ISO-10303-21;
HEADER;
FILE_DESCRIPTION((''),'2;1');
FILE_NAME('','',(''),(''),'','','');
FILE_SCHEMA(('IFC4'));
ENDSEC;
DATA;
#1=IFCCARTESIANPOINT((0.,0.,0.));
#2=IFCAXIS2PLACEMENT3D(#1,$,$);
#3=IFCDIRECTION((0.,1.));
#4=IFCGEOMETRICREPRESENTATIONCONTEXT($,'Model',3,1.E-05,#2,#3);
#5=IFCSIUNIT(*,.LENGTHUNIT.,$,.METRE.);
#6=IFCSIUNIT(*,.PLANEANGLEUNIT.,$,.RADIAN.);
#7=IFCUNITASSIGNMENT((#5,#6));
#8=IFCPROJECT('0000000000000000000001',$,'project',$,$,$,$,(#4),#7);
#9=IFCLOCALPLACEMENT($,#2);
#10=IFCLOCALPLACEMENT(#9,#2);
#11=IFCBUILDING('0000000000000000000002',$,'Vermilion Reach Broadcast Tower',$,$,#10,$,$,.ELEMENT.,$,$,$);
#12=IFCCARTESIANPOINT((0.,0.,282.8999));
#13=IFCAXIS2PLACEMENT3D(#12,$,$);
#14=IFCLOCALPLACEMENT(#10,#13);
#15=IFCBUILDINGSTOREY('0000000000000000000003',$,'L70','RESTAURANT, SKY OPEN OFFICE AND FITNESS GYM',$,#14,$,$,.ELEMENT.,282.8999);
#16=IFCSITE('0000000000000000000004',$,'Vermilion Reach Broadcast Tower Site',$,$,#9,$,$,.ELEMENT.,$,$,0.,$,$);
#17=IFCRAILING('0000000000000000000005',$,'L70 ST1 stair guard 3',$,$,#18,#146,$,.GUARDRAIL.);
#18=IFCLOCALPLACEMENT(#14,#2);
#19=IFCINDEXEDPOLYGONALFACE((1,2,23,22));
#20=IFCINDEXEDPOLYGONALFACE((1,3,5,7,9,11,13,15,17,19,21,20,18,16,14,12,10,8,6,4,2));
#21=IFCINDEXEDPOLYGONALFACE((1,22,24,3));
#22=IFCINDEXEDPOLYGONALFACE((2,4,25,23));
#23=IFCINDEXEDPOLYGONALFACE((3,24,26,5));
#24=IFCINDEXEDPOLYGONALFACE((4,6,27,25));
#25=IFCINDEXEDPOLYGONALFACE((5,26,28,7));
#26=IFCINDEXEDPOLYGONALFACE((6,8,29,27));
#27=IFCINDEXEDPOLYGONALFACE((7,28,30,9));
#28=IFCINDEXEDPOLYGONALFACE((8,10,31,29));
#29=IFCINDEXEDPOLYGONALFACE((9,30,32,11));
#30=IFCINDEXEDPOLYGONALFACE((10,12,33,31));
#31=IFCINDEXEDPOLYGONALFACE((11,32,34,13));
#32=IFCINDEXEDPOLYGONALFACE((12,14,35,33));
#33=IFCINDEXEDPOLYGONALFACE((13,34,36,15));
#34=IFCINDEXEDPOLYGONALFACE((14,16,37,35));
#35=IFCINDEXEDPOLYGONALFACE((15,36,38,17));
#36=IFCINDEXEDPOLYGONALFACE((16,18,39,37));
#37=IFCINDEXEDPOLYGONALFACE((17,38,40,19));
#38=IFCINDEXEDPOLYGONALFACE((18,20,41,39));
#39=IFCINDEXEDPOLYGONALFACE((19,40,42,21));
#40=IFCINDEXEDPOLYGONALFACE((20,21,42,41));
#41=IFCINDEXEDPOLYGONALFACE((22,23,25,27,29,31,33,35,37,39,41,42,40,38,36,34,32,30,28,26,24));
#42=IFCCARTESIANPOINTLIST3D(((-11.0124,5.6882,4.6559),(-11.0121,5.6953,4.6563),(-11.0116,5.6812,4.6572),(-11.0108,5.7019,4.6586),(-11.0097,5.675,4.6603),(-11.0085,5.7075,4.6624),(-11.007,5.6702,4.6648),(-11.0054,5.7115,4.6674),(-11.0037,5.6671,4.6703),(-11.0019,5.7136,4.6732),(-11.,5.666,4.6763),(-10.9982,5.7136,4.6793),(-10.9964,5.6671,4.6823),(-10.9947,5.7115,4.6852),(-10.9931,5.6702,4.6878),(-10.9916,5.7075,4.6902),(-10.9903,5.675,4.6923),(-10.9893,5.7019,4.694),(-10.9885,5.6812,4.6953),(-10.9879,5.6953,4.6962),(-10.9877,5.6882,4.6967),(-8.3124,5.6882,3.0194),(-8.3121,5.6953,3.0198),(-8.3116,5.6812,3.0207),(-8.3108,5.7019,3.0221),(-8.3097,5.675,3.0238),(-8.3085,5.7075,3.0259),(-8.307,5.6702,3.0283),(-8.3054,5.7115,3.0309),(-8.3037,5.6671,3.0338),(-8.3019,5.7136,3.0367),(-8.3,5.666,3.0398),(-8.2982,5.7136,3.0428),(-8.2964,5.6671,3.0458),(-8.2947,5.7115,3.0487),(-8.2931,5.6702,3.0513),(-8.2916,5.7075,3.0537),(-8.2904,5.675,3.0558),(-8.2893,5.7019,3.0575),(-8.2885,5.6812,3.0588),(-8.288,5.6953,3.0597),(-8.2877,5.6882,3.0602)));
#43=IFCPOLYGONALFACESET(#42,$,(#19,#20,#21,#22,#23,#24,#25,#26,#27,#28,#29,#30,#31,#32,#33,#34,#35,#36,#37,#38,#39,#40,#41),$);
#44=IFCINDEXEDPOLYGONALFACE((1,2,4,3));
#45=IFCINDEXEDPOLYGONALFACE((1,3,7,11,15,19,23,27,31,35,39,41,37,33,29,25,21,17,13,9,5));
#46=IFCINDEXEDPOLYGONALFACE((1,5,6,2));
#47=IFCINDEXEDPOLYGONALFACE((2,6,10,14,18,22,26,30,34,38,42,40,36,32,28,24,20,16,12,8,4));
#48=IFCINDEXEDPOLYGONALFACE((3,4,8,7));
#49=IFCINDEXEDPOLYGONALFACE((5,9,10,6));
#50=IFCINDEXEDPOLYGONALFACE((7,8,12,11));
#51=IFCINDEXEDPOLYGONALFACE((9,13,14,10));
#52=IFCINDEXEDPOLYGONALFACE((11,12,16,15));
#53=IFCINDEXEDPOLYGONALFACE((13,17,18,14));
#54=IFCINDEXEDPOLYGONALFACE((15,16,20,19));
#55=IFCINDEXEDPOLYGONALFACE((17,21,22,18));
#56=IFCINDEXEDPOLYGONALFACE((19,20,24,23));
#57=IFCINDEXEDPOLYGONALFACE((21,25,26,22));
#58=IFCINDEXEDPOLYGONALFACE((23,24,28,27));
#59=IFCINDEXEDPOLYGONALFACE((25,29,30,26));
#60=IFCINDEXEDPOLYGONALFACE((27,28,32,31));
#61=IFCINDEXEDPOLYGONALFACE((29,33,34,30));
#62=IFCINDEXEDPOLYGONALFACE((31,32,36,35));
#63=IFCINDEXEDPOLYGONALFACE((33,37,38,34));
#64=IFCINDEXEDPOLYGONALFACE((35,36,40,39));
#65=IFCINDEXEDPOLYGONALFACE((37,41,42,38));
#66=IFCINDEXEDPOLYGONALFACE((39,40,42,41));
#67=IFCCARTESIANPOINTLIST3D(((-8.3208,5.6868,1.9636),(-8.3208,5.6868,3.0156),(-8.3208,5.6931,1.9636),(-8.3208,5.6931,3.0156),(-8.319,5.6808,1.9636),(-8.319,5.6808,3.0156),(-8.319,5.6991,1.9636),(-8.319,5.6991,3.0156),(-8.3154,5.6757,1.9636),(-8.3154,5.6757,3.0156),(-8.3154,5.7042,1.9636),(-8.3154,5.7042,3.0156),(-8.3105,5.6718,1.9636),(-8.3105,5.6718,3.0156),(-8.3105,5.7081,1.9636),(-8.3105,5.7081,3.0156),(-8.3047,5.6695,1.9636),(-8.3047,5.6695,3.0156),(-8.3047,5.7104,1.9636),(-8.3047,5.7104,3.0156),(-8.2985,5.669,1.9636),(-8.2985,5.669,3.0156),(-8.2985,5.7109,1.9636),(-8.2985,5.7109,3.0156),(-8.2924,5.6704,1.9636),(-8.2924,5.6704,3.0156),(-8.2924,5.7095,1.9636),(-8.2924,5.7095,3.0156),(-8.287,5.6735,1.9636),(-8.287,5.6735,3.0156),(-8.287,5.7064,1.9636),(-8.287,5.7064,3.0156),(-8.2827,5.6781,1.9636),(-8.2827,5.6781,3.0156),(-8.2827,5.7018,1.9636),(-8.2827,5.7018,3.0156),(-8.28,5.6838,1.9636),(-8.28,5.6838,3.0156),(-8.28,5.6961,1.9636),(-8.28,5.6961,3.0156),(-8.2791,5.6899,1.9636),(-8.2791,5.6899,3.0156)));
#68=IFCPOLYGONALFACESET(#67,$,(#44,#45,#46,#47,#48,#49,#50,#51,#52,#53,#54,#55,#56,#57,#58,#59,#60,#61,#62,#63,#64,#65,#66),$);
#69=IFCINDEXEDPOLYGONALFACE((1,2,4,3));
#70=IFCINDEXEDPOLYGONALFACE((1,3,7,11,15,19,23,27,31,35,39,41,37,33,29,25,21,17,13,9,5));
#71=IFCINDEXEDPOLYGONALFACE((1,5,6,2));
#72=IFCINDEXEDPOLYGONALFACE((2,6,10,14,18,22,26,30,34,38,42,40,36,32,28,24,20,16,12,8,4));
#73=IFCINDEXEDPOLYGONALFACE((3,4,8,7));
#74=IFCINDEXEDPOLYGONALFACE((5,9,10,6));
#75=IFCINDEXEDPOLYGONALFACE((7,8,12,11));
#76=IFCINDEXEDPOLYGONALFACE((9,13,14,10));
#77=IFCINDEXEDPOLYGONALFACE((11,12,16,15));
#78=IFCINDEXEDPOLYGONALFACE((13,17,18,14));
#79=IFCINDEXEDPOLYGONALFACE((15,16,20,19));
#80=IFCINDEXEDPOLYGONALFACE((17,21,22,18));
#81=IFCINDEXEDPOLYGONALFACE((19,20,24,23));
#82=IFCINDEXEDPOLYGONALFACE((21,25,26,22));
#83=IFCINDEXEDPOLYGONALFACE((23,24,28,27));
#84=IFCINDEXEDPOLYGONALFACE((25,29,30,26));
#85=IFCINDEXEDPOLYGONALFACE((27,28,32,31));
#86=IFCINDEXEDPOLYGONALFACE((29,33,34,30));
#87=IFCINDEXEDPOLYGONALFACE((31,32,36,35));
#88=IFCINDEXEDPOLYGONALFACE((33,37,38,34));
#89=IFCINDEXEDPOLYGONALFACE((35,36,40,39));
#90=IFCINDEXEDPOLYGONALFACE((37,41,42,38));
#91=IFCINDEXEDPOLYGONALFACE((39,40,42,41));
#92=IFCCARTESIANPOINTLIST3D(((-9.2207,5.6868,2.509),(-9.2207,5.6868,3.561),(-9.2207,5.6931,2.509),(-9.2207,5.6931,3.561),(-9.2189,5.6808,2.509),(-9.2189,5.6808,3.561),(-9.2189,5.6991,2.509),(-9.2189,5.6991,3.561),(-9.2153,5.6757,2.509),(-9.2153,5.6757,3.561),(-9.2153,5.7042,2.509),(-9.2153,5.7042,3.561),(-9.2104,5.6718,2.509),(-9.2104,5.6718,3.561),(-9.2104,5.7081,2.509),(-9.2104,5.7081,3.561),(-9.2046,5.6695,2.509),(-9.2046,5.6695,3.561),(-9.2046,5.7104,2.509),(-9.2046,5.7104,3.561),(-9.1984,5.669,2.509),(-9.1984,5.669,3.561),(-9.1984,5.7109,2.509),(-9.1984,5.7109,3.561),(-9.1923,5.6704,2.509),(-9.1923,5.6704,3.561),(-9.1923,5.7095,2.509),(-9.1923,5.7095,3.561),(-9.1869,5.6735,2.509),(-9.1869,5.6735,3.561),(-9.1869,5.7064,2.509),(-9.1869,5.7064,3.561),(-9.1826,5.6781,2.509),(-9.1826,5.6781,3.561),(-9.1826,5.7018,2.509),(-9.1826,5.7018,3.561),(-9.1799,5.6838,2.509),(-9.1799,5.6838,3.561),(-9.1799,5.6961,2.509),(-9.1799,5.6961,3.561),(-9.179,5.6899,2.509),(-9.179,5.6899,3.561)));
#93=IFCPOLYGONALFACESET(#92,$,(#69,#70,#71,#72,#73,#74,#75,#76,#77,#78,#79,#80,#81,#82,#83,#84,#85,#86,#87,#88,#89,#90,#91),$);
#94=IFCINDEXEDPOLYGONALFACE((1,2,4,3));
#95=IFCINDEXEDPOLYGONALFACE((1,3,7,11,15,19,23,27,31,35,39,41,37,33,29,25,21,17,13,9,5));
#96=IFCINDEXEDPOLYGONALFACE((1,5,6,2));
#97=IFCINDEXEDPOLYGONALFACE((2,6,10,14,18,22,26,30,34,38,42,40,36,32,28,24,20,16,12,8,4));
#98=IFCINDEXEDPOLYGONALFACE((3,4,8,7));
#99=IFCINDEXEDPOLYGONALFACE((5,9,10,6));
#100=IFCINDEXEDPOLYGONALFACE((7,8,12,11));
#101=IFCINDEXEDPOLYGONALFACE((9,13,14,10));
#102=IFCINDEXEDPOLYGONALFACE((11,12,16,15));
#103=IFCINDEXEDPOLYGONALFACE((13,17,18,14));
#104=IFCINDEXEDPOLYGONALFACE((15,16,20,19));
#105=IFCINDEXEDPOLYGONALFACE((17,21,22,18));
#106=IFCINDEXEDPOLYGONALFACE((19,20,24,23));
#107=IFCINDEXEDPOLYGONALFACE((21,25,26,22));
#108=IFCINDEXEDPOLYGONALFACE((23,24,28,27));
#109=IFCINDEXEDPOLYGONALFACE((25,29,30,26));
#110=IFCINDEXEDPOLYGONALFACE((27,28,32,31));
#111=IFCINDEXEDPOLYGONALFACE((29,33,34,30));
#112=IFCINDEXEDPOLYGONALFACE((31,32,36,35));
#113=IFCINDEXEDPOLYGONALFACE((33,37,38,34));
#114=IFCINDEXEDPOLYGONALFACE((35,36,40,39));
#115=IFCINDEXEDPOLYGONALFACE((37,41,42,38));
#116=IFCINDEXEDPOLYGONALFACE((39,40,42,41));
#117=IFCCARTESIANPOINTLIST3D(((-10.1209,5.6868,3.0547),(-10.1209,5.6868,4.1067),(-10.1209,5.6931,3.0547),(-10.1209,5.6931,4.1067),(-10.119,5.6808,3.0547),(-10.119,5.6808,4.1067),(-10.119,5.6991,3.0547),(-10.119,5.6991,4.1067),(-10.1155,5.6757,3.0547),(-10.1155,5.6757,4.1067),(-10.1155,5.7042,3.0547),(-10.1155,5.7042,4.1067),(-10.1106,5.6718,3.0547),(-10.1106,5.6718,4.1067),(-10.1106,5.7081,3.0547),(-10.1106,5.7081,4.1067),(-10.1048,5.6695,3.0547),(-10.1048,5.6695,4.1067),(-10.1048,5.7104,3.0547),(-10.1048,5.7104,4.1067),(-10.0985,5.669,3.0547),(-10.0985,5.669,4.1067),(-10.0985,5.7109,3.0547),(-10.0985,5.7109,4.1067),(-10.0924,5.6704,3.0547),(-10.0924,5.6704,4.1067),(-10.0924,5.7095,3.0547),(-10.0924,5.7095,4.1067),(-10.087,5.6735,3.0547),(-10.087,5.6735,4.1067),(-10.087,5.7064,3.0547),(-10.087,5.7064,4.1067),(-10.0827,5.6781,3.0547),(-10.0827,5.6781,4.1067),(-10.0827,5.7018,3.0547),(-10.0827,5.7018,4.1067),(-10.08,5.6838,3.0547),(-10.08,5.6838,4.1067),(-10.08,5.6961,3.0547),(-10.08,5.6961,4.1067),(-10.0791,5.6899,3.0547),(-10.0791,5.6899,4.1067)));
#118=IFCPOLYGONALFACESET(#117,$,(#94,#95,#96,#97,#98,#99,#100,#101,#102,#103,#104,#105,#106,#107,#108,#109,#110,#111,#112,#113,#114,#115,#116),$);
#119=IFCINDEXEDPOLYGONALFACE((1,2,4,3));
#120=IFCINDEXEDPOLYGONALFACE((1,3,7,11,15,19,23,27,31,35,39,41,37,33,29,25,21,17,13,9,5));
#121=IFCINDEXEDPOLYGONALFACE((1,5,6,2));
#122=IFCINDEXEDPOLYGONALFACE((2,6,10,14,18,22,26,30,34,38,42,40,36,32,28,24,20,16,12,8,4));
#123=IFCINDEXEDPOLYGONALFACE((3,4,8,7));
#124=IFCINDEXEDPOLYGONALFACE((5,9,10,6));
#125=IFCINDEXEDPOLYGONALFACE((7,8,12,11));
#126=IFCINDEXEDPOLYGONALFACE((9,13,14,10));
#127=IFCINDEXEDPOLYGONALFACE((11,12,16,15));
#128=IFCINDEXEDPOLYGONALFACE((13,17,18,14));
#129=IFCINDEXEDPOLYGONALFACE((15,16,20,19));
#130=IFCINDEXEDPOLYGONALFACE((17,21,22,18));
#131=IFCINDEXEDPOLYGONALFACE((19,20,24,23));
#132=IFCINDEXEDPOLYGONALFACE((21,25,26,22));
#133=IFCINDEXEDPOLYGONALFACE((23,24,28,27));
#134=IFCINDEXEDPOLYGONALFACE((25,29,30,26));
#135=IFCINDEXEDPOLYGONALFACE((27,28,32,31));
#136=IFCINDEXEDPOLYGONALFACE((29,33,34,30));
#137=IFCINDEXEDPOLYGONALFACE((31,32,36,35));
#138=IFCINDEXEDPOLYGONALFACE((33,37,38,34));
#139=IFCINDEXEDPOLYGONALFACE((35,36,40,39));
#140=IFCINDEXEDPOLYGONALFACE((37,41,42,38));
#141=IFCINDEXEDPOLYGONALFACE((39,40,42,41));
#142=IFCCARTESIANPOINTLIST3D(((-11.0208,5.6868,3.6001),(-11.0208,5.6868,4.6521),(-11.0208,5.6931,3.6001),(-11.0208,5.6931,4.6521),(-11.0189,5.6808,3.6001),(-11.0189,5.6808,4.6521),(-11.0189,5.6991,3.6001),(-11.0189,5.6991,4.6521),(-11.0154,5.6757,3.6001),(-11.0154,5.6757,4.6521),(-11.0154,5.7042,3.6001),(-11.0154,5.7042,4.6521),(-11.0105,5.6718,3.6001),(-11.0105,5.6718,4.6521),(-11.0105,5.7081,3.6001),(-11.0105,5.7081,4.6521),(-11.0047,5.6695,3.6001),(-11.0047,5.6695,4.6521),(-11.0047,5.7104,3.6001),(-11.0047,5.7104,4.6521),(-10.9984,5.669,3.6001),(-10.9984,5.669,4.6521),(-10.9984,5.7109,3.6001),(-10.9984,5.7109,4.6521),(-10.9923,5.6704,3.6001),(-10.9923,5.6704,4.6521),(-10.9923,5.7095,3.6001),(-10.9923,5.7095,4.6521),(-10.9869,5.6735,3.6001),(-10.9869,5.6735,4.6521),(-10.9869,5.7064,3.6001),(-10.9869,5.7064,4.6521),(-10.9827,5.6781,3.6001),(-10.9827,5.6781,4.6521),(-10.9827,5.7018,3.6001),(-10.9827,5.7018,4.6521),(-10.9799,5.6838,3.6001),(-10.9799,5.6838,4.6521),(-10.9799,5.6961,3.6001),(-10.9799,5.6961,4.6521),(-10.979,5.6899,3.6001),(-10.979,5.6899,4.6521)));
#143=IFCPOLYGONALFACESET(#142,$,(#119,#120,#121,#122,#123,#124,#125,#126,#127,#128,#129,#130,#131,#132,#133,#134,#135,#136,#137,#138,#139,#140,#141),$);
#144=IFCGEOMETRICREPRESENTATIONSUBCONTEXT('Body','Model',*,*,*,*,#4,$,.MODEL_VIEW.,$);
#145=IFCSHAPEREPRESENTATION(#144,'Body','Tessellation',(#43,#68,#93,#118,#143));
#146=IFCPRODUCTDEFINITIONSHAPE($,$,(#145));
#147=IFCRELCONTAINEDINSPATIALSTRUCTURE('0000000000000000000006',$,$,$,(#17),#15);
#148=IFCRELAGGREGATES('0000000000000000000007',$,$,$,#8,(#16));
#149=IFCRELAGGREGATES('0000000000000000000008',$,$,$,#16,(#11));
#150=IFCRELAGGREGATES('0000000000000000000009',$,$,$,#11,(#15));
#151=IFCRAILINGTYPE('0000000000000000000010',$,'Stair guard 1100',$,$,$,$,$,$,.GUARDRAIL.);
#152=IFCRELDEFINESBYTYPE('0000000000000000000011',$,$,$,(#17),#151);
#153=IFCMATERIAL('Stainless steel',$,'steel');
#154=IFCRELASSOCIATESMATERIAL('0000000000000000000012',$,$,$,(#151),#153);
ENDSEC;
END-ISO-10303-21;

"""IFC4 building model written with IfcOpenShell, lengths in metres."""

from ifc_helpers import new_model, si_unit, direction, frame, origin, origin_2d, place, context, subcontext, project, spatial, circle, extrude, material, type_object, element, save


model = new_model("IFC4")

# Units and contexts
model_context = context("Model", 3, precision=1e-05, world=origin(), true_north=direction((0.0, 1.0)))
body_context = subcontext(model_context, "Body", "Model", "MODEL_VIEW")
ifc_project = project(units=[si_unit("LENGTHUNIT", "METRE"), si_unit("PLANEANGLEUNIT", "RADIAN")], contexts=[model_context])

# Site, building, storey
site_placement = place(None, origin())
site = spatial("IfcSite", under=ifc_project, at=site_placement, Name="Vermilion Reach Broadcast Tower Site", CompositionType="ELEMENT", RefElevation=0.0)
building_placement = place(site_placement, origin())
building = spatial("IfcBuilding", under=site, at=building_placement, Name="Vermilion Reach Broadcast Tower", CompositionType="ELEMENT")
storey_placement = place(building_placement, frame((0.0, 0.0, 282.8999)))
storey = spatial("IfcBuildingStorey", under=building, at=storey_placement, Name="L70", Description="RESTAURANT, SKY OPEN OFFICE AND FITNESS GYM", CompositionType="ELEMENT", Elevation=282.8999)

# Railing
ifc_material_1 = material(Name="Stainless steel", Category="steel")
railing_type_1 = type_object("IfcRailingType", Name="Stair guard 1100", PredefinedType="GUARDRAIL", material=ifc_material_1)
railing_1_placement = place(storey_placement, frame((-8.3, 5.6899, 1.9636)))
element("IfcRailing", 1, at=railing_1_placement, inside=storey, type_object=railing_type_1, Name="L70 ST1 stair guard 3", PredefinedType="GUARDRAIL", context=body_context, shape_type="SweptSolid", body=[
    extrude(circle(Radius=0.0239, at=origin_2d()), frame((0.0, 0.0, 1.0762), z_axis=(-0.855178, 0.0, 0.518334), x_axis=(0.0, -1.0, 0.0)), (0.0, 0.0, 1.0), 3.1572),
    extrude(circle(Radius=0.021, at=origin_2d()), origin(), (0.0, 0.0, 1.0), 1.052),
    extrude(circle(Radius=0.021, at=origin_2d()), frame((-0.8999, 0.0, 0.5454)), (0.0, 0.0, 1.0), 1.052),
    extrude(circle(Radius=0.021, at=origin_2d()), frame((-1.8, 0.0, 1.0911)), (0.0, 0.0, 1.0), 1.052),
    extrude(circle(Radius=0.021, at=origin_2d()), frame((-2.7, 0.0, 1.6365)), (0.0, 0.0, 1.0), 1.052),
])

save(model, "model.ifc")
